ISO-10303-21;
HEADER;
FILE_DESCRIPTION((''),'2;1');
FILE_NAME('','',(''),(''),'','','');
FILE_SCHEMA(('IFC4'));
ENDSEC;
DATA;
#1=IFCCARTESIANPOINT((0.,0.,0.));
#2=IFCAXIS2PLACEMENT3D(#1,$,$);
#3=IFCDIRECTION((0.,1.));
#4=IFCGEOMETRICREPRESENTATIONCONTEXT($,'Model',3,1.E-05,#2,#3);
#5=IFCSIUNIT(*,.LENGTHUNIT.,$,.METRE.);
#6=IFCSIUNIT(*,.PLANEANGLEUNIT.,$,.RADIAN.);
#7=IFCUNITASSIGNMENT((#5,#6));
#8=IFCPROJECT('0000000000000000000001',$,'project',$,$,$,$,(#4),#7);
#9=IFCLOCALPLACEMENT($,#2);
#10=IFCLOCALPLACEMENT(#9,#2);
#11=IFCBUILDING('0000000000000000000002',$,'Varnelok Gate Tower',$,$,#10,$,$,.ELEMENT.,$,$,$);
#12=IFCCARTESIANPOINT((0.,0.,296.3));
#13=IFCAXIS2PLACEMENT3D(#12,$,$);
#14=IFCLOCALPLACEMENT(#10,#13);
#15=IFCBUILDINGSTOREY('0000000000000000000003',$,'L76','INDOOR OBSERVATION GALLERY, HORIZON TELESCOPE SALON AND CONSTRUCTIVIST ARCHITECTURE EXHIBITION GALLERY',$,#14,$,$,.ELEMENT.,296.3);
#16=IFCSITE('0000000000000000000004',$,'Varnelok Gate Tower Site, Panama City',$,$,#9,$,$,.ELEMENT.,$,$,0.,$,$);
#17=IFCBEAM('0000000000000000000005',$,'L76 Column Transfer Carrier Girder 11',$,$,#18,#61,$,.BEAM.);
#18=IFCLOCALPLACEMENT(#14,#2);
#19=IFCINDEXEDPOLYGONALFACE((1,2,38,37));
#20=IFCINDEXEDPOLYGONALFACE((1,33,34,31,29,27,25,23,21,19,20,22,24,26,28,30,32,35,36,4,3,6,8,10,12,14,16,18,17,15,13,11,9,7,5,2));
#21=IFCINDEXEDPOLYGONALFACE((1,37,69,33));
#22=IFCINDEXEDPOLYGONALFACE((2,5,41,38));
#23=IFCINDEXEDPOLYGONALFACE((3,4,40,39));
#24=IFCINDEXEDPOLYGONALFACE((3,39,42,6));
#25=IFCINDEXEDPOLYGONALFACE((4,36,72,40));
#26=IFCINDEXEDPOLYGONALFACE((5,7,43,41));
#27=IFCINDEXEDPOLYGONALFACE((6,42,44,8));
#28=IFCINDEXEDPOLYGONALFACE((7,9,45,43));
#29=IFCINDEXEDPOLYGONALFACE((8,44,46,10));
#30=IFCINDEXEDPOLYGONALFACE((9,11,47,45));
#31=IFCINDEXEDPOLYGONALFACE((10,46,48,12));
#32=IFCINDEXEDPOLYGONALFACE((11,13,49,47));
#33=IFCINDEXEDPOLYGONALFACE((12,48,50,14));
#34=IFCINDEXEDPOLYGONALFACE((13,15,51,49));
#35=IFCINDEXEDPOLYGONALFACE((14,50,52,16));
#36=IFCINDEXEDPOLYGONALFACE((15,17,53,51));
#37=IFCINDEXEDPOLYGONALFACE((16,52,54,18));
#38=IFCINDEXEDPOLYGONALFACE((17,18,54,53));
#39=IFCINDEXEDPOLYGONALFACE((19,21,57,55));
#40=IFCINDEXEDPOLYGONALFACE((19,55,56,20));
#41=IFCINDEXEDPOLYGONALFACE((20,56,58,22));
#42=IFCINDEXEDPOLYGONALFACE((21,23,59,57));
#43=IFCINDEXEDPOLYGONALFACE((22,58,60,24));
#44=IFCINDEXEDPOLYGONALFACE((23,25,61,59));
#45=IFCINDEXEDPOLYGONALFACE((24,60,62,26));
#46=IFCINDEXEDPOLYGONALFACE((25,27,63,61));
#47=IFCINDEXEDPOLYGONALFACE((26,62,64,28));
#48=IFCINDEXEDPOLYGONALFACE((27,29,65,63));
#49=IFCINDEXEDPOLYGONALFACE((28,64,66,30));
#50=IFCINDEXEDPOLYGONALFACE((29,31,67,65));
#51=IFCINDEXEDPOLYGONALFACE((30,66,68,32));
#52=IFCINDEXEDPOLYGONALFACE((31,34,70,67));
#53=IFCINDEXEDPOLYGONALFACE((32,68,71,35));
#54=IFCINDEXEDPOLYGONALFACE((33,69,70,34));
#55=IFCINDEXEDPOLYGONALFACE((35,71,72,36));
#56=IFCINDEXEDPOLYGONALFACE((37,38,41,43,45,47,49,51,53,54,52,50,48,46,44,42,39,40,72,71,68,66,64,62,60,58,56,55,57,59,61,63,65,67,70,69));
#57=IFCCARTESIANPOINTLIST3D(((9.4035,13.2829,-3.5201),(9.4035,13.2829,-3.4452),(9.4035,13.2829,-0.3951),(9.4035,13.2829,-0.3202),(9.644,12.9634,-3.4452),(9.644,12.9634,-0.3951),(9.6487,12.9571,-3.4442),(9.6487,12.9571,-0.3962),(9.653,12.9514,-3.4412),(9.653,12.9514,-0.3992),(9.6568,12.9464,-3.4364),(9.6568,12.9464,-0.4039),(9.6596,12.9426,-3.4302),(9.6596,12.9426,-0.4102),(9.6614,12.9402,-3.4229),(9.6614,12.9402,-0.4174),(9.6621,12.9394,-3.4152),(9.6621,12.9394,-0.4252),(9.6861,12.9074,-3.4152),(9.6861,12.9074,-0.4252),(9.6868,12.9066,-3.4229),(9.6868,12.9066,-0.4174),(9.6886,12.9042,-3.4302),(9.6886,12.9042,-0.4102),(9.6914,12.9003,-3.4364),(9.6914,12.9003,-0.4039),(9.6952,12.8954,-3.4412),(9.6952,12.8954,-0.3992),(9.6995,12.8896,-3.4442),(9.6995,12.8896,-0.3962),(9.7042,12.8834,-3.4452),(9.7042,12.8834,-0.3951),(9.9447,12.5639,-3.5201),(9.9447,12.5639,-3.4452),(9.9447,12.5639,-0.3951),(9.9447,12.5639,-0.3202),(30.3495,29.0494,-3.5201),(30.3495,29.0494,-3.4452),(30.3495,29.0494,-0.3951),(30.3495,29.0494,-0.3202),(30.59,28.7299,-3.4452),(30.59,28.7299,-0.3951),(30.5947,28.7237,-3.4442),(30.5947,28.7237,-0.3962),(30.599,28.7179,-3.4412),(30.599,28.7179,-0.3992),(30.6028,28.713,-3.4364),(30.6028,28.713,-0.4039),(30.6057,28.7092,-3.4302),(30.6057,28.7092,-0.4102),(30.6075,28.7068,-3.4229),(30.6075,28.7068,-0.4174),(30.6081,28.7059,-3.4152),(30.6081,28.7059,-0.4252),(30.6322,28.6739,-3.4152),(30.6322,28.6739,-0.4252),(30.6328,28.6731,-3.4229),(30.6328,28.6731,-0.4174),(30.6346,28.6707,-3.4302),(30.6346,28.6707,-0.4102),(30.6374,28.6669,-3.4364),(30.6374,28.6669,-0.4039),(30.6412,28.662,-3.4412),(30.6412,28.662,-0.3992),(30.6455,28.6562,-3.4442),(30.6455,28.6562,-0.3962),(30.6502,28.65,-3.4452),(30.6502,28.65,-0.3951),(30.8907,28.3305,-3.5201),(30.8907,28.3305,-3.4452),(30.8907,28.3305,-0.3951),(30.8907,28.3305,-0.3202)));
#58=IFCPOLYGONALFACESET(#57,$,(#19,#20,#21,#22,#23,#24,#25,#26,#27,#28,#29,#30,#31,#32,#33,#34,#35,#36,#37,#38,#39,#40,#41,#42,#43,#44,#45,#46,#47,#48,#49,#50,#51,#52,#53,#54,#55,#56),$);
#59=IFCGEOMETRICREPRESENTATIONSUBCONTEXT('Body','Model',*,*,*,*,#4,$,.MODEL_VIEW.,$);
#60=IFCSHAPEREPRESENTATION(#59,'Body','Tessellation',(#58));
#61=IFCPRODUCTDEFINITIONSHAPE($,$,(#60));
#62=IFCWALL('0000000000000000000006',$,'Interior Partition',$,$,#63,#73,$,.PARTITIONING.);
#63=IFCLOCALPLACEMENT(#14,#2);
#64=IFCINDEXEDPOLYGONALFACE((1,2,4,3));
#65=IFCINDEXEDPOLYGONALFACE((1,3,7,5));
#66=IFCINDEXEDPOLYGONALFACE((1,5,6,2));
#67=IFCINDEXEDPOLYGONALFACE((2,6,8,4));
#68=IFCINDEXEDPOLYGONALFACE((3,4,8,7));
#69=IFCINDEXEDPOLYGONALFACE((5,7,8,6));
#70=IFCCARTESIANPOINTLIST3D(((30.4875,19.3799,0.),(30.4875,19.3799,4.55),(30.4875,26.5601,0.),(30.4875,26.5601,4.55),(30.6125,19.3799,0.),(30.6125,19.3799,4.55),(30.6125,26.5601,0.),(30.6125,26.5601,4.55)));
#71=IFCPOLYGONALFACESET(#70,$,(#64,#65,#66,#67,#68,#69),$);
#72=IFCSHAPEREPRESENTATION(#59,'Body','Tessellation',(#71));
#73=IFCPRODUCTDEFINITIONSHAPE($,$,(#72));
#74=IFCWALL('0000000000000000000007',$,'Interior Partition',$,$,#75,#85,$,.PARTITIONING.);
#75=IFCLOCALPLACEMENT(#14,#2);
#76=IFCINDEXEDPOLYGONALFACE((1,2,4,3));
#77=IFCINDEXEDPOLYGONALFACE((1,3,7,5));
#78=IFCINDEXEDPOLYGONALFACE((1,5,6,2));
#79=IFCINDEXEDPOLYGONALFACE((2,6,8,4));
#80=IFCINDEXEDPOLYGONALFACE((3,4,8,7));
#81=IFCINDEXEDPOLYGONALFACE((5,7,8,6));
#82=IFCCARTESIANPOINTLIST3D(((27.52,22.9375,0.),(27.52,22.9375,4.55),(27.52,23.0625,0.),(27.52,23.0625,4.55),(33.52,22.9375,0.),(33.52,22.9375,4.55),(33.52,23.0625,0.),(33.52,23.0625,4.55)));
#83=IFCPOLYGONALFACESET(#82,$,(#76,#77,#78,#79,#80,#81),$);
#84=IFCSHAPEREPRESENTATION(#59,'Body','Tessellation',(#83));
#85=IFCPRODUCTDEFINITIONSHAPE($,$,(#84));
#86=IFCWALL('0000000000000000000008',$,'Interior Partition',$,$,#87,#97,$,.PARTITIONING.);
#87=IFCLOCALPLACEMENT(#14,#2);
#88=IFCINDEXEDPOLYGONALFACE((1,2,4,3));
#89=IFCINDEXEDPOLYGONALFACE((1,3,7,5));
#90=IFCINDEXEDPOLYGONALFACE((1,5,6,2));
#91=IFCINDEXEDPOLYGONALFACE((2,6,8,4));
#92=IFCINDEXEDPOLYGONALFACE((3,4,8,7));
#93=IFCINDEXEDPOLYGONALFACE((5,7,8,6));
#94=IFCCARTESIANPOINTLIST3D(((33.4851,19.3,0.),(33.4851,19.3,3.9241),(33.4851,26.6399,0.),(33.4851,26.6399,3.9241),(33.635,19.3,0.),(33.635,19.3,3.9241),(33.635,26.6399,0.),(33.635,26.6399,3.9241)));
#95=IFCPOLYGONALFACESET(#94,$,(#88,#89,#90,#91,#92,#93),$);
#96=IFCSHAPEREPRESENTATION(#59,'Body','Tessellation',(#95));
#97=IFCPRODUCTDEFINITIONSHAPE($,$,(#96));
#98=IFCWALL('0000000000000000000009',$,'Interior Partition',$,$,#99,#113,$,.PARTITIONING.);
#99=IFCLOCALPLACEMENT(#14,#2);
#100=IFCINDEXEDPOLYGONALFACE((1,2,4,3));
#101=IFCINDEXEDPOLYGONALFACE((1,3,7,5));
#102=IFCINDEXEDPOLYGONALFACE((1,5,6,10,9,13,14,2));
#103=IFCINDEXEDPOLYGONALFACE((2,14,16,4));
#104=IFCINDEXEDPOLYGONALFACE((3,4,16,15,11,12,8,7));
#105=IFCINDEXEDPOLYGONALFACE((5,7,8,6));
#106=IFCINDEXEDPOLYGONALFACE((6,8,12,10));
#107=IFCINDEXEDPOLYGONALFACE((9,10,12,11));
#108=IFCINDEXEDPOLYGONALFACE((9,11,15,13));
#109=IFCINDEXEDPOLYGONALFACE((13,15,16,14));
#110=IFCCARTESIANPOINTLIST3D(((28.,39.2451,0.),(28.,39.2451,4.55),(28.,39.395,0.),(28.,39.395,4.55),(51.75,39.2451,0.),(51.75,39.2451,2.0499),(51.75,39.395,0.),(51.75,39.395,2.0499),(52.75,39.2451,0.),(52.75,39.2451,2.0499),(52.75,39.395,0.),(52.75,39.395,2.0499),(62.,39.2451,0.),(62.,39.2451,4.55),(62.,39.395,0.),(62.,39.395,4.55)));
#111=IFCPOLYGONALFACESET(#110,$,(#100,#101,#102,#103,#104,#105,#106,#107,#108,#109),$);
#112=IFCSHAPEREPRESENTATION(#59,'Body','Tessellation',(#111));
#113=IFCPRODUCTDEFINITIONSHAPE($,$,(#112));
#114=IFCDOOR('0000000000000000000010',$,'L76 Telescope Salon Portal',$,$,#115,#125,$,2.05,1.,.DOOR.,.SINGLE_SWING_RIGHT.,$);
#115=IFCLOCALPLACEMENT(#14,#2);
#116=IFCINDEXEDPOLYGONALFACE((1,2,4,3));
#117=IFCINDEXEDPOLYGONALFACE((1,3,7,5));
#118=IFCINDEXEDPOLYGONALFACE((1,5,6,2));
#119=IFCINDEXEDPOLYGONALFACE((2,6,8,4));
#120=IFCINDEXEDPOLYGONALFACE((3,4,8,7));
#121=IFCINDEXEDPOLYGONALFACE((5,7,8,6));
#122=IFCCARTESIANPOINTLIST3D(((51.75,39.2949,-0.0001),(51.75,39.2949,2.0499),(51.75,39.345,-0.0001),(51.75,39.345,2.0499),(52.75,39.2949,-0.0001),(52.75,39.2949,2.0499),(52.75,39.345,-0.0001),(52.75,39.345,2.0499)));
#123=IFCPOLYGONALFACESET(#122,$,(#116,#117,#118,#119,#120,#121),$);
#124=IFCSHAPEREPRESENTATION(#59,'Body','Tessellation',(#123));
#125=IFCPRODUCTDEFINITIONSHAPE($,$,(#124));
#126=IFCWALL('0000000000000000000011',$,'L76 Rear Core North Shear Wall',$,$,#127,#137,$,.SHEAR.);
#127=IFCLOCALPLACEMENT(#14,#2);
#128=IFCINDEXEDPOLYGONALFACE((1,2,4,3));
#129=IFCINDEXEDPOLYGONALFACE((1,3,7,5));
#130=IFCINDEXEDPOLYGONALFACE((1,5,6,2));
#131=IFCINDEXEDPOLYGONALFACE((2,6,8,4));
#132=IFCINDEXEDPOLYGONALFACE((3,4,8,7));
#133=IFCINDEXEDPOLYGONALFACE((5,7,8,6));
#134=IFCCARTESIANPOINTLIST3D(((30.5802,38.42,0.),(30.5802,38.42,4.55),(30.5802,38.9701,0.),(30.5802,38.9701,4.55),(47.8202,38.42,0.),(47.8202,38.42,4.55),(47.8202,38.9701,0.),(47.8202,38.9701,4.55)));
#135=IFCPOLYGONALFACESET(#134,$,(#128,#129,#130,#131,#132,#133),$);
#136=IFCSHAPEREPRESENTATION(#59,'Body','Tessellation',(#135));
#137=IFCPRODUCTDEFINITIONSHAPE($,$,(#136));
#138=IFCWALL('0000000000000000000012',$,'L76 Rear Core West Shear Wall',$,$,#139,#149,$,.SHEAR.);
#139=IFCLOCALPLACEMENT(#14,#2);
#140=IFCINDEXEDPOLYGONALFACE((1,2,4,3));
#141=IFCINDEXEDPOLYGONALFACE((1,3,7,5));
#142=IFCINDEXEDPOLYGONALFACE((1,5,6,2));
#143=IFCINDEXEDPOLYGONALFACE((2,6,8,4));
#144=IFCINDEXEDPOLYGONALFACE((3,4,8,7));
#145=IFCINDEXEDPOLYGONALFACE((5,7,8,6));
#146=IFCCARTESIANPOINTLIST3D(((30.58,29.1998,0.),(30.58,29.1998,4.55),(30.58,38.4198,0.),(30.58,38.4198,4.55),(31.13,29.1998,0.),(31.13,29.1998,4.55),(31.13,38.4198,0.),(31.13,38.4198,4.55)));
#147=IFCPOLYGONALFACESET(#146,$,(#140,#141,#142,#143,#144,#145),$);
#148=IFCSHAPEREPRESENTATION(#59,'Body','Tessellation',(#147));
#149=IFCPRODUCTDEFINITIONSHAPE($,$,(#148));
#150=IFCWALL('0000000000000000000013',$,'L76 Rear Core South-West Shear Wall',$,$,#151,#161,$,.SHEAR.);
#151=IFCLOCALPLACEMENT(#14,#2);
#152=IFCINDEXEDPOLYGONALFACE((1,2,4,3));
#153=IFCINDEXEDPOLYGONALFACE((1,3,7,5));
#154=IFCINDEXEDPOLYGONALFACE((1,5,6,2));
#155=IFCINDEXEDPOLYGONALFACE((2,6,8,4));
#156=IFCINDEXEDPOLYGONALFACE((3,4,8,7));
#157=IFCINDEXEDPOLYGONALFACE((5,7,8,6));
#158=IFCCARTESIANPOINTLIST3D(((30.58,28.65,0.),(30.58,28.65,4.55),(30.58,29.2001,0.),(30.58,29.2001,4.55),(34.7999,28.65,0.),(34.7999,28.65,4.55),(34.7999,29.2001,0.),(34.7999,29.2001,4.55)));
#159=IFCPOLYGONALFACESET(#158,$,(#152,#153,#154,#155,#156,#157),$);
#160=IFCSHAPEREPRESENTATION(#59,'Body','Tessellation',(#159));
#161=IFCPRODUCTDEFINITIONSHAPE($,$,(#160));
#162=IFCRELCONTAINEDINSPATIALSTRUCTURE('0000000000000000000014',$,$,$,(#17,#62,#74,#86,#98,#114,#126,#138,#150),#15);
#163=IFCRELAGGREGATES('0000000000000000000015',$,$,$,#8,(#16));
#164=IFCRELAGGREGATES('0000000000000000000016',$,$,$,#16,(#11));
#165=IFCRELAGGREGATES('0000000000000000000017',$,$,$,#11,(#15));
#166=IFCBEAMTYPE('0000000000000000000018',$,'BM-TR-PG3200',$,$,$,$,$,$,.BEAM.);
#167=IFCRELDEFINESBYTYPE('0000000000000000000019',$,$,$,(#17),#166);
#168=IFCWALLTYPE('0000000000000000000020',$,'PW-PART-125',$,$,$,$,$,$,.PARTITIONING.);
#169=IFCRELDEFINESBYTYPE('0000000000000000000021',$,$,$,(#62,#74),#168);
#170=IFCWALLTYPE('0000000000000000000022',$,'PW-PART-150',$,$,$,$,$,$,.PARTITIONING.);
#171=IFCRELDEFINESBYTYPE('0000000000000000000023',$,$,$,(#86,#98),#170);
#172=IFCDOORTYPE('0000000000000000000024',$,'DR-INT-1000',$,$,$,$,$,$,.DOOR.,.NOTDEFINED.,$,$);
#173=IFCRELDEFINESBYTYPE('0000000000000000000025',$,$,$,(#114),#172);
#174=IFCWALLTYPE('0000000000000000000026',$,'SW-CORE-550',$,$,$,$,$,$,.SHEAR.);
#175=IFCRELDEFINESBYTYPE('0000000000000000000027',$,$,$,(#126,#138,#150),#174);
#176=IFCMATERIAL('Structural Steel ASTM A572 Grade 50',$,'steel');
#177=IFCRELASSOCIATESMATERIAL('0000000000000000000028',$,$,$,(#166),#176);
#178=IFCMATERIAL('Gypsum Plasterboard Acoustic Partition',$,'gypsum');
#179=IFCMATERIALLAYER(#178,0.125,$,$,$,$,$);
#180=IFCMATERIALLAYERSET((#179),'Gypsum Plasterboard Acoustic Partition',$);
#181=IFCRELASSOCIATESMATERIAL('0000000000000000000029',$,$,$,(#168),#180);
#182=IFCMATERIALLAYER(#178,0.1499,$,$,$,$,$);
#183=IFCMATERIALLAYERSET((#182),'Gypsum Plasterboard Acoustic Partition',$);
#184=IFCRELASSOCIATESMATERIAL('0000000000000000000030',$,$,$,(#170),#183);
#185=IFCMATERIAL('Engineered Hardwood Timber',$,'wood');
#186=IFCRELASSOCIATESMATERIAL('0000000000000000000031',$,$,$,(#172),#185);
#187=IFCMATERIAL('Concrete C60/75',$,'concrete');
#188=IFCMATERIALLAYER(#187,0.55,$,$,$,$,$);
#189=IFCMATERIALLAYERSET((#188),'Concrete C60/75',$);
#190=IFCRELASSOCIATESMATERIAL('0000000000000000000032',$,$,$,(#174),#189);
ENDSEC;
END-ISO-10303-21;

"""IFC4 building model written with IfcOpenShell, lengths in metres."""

from ifc_helpers import new_model, si_unit, direction, frame, frame_2d, origin, origin_2d, place, context, subcontext, project, spatial, rectangle, i_section, extrude, material, layer, layer_set, material_profile, profile_set, type_object, element, fill, save


model = new_model("IFC4")

# Units and contexts
model_context = context("Model", 3, precision=1e-05, world=origin(), true_north=direction((0.0, 1.0)))
body_context = subcontext(model_context, "Body", "Model", "MODEL_VIEW")
ifc_project = project(units=[si_unit("LENGTHUNIT", "METRE"), si_unit("PLANEANGLEUNIT", "RADIAN")], contexts=[model_context])

# Site, building, storey
site_placement = place(None, origin())
site = spatial("IfcSite", under=ifc_project, at=site_placement, Name="Varnelok Gate Tower Site, Panama City", CompositionType="ELEMENT", RefElevation=0.0)
building_placement = place(site_placement, origin())
building = spatial("IfcBuilding", under=site, at=building_placement, Name="Varnelok Gate Tower", CompositionType="ELEMENT")
storey_placement = place(building_placement, frame((0.0, 0.0, 296.3)))
storey = spatial("IfcBuildingStorey", under=building, at=storey_placement, Name="L76", Description="INDOOR OBSERVATION GALLERY, HORIZON TELESCOPE SALON AND CONSTRUCTIVIST ARCHITECTURE EXHIBITION GALLERY", CompositionType="ELEMENT", Elevation=296.3)

# Beam
ifc_material_1 = material(Name="Structural Steel ASTM A572 Grade 50", Category="steel")
ifc_material_profile_1 = material_profile(ifc_material_1, i_section(OverallWidth=0.8999, OverallDepth=3.2, WebThickness=0.04, FlangeThickness=0.075, FilletRadius=0.03, at=origin_2d()), Name="PG3200X900")
ifc_profile_set_1 = profile_set([ifc_material_profile_1], Name="Structural Steel ASTM A572 Grade 50")
beam_type_1 = type_object("IfcBeamType", Name="BM-TR-PG3200", PredefinedType="BEAM", material=ifc_profile_set_1)
beam_1_placement = place(storey_placement, frame((30.6201, 28.6899, -1.9202), z_axis=(-0.798954, -0.601392, 0.0), x_axis=(0.601392, -0.798954, 0.0)))
element("IfcBeam", 1, at=beam_1_placement, inside=storey, type_object=beam_type_1, Name="L76 Column Transfer Carrier Girder 11", PredefinedType="BEAM", context=body_context, shape_type="SweptSolid", body=[
    extrude(i_section(OverallWidth=0.8999, OverallDepth=3.2, WebThickness=0.04, FlangeThickness=0.075, FilletRadius=0.03, at=origin_2d()), origin(), (0.0, 0.0, 1.0), 26.2168),
])

# Walls
ifc_material_2 = material(Name="Gypsum Plasterboard Acoustic Partition", Category="gypsum")
ifc_layer_1 = layer(ifc_material_2, 0.125)
ifc_layer_set_1 = layer_set([ifc_layer_1], Name="Gypsum Plasterboard Acoustic Partition")
wall_type_1 = type_object("IfcWallType", Name="PW-PART-125", PredefinedType="PARTITIONING", material=ifc_layer_set_1)
wall_1_placement = place(storey_placement, frame((30.55, 19.3799, 0.0), z_axis=(0.0, 0.0, 1.0), x_axis=(0.0, 1.0, 0.0)))
element("IfcWall", 2, at=wall_1_placement, inside=storey, type_object=wall_type_1, Name="Interior Partition", PredefinedType="PARTITIONING", context=body_context, shape_type="SweptSolid", body=[
    extrude(rectangle(XDim=7.1802, YDim=0.125, at=frame_2d((3.5901, 0.0))), origin(), (0.0, 0.0, 1.0), 4.55),
])
wall_2_placement = place(storey_placement, frame((27.52, 23.0, 0.0), z_axis=(0.0, 0.0, 1.0), x_axis=(1.0, 0.0, 0.0)))
element("IfcWall", 3, at=wall_2_placement, inside=storey, type_object=wall_type_1, Name="Interior Partition", PredefinedType="PARTITIONING", context=body_context, shape_type="SweptSolid", body=[
    extrude(rectangle(XDim=6.0, YDim=0.125, at=frame_2d((3.0, 0.0))), origin(), (0.0, 0.0, 1.0), 4.55),
])
ifc_layer_2 = layer(ifc_material_2, 0.1499)
ifc_layer_set_2 = layer_set([ifc_layer_2], Name="Gypsum Plasterboard Acoustic Partition")
wall_type_2 = type_object("IfcWallType", Name="PW-PART-150", PredefinedType="PARTITIONING", material=ifc_layer_set_2)
wall_3_placement = place(storey_placement, frame((33.5601, 19.3, 0.0), z_axis=(0.0, 0.0, 1.0), x_axis=(0.0, 1.0, 0.0)))
element("IfcWall", 4, at=wall_3_placement, inside=storey, type_object=wall_type_2, Name="Interior Partition", PredefinedType="PARTITIONING", context=body_context, shape_type="SweptSolid", body=[
    extrude(rectangle(XDim=7.3398, YDim=0.1499, at=frame_2d((3.6699, 0.0))), origin(), (0.0, 0.0, 1.0), 3.9241),
])

# Wall, opening, door
wall_4_placement = place(storey_placement, frame((28.0, 39.3201, 0.0), z_axis=(0.0, 0.0, 1.0), x_axis=(1.0, 0.0, 0.0)))
wall_4 = element("IfcWall", 5, at=wall_4_placement, inside=storey, type_object=wall_type_2, Name="Interior Partition", PredefinedType="PARTITIONING", context=body_context, shape_type="SweptSolid", body=[
    extrude(rectangle(XDim=34.0, YDim=0.1499, at=frame_2d((17.0, 0.0))), origin(), (0.0, 0.0, 1.0), 4.55),
])
opening_placement = place(wall_4_placement, frame((23.75, 0.0, 0.0)))
opening = element("IfcOpeningElement", 6, at=opening_placement, cuts=wall_4, PredefinedType="OPENING", context=body_context, shape_type="SweptSolid", body=[
    extrude(rectangle(XDim=1.0, YDim=2.05, at=frame_2d((0.5, 1.0249))), frame((0.0, 0.085, 0.0), z_axis=(0.0, -1.0, 0.0), x_axis=(1.0, 0.0, 0.0)), (0.0, 0.0, 1.0), 0.1699),
])
ifc_material_3 = material(Name="Engineered Hardwood Timber", Category="wood")
door_type = type_object("IfcDoorType", Name="DR-INT-1000", OperationType="NOTDEFINED", PredefinedType="DOOR", material=ifc_material_3)
door_placement = place(opening_placement, origin())
door = element("IfcDoor", 7, at=door_placement, inside=storey, type_object=door_type, Name="L76 Telescope Salon Portal", OperationType="SINGLE_SWING_RIGHT", OverallHeight=2.05, OverallWidth=1.0, PredefinedType="DOOR", context=body_context, shape_type="SweptSolid", body=[
    extrude(rectangle(XDim=1.0, YDim=2.05, at=frame_2d((0.5, 1.0249))), frame((0.0, 0.0249, 0.0), z_axis=(0.0, -1.0, 0.0), x_axis=(1.0, 0.0, 0.0)), (0.0, 0.0, 1.0), 0.05),
])
fill(opening, door)

# Walls
ifc_material_4 = material(Name="Concrete C60/75", Category="concrete")
ifc_layer_3 = layer(ifc_material_4, 0.55)
ifc_layer_set_3 = layer_set([ifc_layer_3], Name="Concrete C60/75")
wall_type_3 = type_object("IfcWallType", Name="SW-CORE-550", PredefinedType="SHEAR", material=ifc_layer_set_3)
wall_5_placement = place(storey_placement, frame((30.5801, 38.6951, 0.0), z_axis=(0.0, 0.0, 1.0), x_axis=(1.0, 0.0, 0.0)))
element("IfcWall", 8, at=wall_5_placement, inside=storey, type_object=wall_type_3, Name="L76 Rear Core North Shear Wall", PredefinedType="SHEAR", context=body_context, shape_type="SweptSolid", body=[
    extrude(rectangle(XDim=17.24, YDim=0.55, at=frame_2d((8.6201, 0.0))), origin(), (0.0, 0.0, 1.0), 4.55),
])
wall_6_placement = place(storey_placement, frame((30.855, 29.2, 0.0), z_axis=(0.0, 0.0, 1.0), x_axis=(0.0, 1.0, 0.0)))
element("IfcWall", 9, at=wall_6_placement, inside=storey, type_object=wall_type_3, Name="L76 Rear Core West Shear Wall", PredefinedType="SHEAR", context=body_context, shape_type="SweptSolid", body=[
    extrude(rectangle(XDim=9.22, YDim=0.55, at=frame_2d((4.6099, 0.0))), origin(), (0.0, 0.0, 1.0), 4.55),
])
wall_7_placement = place(storey_placement, frame((30.5801, 28.925, 0.0), z_axis=(0.0, 0.0, 1.0), x_axis=(1.0, 0.0, 0.0)))
element("IfcWall", 10, at=wall_7_placement, inside=storey, type_object=wall_type_3, Name="L76 Rear Core South-West Shear Wall", PredefinedType="SHEAR", context=body_context, shape_type="SweptSolid", body=[
    extrude(rectangle(XDim=4.22, YDim=0.55, at=frame_2d((2.1099, 0.0))), origin(), (0.0, 0.0, 1.0), 4.55),
])

save(model, "model.ifc")
